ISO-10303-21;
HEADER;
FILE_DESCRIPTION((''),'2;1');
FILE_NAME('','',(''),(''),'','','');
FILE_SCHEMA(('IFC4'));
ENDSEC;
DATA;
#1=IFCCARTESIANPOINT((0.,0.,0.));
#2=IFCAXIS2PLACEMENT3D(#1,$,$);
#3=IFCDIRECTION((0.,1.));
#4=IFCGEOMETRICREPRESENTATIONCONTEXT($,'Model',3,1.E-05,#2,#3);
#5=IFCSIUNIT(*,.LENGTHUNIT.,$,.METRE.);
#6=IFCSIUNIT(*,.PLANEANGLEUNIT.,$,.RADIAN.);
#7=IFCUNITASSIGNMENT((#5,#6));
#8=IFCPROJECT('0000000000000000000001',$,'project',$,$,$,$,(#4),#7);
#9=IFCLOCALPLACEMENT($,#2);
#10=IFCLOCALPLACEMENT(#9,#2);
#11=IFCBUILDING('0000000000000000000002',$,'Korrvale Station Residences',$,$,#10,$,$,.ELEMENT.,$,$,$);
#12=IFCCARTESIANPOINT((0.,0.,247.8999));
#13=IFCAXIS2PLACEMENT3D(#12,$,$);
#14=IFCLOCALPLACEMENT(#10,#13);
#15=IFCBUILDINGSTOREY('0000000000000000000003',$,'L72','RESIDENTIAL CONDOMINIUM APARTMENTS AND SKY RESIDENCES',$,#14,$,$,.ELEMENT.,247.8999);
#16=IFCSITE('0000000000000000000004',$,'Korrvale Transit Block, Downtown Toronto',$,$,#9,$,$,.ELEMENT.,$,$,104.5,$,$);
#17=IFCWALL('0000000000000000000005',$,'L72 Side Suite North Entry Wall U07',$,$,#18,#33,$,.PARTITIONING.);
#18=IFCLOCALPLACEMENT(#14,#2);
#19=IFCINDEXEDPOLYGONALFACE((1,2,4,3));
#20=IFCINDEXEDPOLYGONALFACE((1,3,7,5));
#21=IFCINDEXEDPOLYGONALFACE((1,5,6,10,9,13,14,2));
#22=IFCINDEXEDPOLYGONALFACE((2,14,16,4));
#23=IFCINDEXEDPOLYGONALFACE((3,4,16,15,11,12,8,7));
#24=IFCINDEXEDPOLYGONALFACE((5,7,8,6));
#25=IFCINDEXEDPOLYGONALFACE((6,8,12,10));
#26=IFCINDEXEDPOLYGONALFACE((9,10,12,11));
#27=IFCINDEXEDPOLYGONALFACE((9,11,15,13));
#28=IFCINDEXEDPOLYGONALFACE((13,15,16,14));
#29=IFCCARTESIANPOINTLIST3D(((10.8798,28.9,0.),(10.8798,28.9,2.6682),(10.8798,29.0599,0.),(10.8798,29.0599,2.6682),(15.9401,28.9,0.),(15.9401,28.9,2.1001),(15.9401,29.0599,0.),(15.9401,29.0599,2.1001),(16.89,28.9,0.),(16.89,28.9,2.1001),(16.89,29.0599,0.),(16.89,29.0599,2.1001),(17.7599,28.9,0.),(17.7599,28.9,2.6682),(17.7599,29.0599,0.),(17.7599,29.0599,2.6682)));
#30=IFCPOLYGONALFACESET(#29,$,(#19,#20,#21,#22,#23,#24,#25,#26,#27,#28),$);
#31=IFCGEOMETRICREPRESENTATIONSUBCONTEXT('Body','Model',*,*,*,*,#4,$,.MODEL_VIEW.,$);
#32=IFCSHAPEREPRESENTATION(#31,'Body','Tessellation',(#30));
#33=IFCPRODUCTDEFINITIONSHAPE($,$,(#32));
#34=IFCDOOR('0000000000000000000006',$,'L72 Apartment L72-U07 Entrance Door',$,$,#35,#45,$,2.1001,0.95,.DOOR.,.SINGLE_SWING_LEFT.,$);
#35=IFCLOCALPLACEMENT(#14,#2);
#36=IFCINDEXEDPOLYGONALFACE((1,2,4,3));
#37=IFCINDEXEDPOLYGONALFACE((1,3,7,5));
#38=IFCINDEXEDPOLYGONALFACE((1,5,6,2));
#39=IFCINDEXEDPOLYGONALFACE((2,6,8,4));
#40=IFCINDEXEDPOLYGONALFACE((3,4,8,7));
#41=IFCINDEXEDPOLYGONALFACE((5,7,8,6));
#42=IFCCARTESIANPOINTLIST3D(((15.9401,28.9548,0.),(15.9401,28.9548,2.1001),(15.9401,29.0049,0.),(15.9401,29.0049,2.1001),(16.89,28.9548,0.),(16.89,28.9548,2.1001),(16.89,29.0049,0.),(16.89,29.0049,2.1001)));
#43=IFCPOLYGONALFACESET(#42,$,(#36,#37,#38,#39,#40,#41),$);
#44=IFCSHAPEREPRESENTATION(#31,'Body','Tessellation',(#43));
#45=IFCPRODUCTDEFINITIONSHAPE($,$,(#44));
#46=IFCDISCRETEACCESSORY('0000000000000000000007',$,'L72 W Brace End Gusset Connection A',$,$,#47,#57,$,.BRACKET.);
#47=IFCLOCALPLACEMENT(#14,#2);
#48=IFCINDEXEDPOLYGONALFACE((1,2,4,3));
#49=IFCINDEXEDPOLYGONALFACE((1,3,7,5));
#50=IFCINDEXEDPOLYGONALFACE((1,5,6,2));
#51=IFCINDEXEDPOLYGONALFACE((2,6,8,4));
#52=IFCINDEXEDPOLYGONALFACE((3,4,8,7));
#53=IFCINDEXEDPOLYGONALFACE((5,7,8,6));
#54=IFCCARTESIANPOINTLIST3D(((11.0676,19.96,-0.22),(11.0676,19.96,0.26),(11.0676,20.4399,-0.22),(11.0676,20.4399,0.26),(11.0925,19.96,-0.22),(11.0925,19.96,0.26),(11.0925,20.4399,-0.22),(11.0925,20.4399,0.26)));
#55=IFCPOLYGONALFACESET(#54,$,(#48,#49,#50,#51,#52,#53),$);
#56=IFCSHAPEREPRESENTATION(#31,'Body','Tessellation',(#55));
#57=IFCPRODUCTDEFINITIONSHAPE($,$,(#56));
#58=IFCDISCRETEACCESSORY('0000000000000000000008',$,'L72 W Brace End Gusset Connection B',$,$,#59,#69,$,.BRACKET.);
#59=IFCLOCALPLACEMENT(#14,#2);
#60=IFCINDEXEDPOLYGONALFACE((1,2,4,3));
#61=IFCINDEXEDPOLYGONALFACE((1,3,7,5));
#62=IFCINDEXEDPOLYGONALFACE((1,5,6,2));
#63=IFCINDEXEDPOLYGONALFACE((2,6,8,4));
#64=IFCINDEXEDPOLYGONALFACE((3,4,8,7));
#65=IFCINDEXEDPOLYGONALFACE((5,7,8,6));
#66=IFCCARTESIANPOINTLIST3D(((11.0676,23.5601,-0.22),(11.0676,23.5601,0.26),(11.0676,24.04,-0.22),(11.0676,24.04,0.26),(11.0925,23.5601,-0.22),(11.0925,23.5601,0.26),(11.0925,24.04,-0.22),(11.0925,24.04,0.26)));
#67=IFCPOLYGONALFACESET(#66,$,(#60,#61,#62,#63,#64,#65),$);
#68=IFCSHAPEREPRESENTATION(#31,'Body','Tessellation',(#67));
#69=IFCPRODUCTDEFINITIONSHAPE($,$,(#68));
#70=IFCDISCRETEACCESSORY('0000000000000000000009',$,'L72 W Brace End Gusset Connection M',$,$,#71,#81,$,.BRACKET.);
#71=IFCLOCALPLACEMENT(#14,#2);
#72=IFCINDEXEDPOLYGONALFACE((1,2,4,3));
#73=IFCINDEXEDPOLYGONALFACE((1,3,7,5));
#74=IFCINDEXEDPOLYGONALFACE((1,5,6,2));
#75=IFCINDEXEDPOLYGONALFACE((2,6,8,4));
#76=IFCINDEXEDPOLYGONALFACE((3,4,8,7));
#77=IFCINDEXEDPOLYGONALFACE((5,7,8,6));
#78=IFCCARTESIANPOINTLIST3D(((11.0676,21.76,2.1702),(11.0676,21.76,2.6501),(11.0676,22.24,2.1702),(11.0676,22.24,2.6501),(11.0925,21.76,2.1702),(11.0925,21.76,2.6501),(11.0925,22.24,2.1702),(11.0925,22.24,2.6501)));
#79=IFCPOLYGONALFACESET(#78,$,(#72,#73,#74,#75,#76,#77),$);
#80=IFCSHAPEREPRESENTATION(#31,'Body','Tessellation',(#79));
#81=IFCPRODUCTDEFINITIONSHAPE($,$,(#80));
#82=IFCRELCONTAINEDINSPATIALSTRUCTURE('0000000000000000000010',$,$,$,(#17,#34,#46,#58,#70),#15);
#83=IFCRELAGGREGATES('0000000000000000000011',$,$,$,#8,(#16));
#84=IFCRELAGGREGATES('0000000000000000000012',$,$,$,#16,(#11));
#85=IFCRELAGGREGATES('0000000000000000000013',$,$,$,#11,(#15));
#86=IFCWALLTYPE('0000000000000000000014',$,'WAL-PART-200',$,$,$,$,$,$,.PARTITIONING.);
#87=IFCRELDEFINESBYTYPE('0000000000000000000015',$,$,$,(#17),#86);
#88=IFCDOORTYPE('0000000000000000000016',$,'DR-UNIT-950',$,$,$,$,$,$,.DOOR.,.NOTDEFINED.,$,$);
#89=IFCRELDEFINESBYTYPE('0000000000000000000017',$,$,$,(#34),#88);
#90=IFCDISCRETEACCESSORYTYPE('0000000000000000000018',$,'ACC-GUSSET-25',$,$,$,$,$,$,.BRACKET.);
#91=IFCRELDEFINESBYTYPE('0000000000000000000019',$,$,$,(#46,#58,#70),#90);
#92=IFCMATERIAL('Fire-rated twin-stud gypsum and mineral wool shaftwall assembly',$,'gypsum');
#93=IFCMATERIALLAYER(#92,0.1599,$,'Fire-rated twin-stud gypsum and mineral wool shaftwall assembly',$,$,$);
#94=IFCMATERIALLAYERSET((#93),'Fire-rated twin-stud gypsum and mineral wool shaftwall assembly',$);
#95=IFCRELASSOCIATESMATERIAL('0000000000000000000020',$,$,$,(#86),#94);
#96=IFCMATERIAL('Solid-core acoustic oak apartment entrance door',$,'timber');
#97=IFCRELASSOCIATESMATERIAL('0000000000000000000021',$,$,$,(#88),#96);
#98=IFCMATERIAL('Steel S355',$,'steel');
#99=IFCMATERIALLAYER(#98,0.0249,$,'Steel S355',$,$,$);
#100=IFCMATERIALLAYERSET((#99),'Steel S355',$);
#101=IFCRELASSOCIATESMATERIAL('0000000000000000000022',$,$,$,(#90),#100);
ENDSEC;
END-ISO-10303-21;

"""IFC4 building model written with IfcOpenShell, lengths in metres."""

from ifc_helpers import new_model, si_unit, direction, frame, frame_2d, origin, origin_2d, place, context, subcontext, project, spatial, rectangle, extrude, material, layer, layer_set, type_object, element, fill, save


model = new_model("IFC4")

# Units and contexts
model_context = context("Model", 3, precision=1e-05, world=origin(), true_north=direction((0.0, 1.0)))
body_context = subcontext(model_context, "Body", "Model", "MODEL_VIEW")
ifc_project = project(units=[si_unit("LENGTHUNIT", "METRE"), si_unit("PLANEANGLEUNIT", "RADIAN")], contexts=[model_context])

# Site, building, storey
site_placement = place(None, origin())
site = spatial("IfcSite", under=ifc_project, at=site_placement, Name="Korrvale Transit Block, Downtown Toronto", CompositionType="ELEMENT", RefElevation=104.5)
building_placement = place(site_placement, origin())
building = spatial("IfcBuilding", under=site, at=building_placement, Name="Korrvale Station Residences", CompositionType="ELEMENT")
storey_placement = place(building_placement, frame((0.0, 0.0, 247.8999)))
storey = spatial("IfcBuildingStorey", under=building, at=storey_placement, Name="L72", Description="RESIDENTIAL CONDOMINIUM APARTMENTS AND SKY RESIDENCES", CompositionType="ELEMENT", Elevation=247.8999)

# Shared definitions
ifc_material_1 = material(Name="Steel S355", Category="steel")

# Shared definitions
ifc_material_2 = material(Name="Fire-rated twin-stud gypsum and mineral wool shaftwall assembly", Category="gypsum")
ifc_layer_1 = layer(ifc_material_2, 0.1599, Name="Fire-rated twin-stud gypsum and mineral wool shaftwall assembly")
ifc_layer_set_1 = layer_set([ifc_layer_1], Name="Fire-rated twin-stud gypsum and mineral wool shaftwall assembly")
wall_type_1 = type_object("IfcWallType", Name="WAL-PART-200", PredefinedType="PARTITIONING", material=ifc_layer_set_1)

# Wall, opening, door
wall_1_placement = place(storey_placement, frame((10.8799, 28.98, 0.0), z_axis=(0.0, 0.0, 1.0), x_axis=(1.0, 0.0, 0.0)))
wall_1 = element("IfcWall", 1, at=wall_1_placement, inside=storey, type_object=wall_type_1, Name="L72 Side Suite North Entry Wall U07", PredefinedType="PARTITIONING", context=body_context, shape_type="SweptSolid", body=[
    extrude(rectangle(XDim=6.8801, YDim=0.1599, at=frame_2d((3.4399, 0.0))), origin(), (0.0, 0.0, 1.0), 2.6682),
])
opening_1_placement = place(wall_1_placement, frame((5.0601, 0.0, 0.0)))
opening_1 = element("IfcOpeningElement", 2, at=opening_1_placement, cuts=wall_1, PredefinedType="OPENING", context=body_context, shape_type="SweptSolid", body=[
    extrude(rectangle(XDim=0.95, YDim=2.1001, at=frame_2d((0.4751, 1.05))), frame((0.0, 0.0898, 0.0), z_axis=(0.0, -1.0, 0.0), x_axis=(1.0, 0.0, 0.0)), (0.0, 0.0, 1.0), 0.1799),
])
ifc_material_3 = material(Name="Solid-core acoustic oak apartment entrance door", Category="timber")
door_type_1 = type_object("IfcDoorType", Name="DR-UNIT-950", OperationType="NOTDEFINED", PredefinedType="DOOR", material=ifc_material_3)
door_1_placement = place(opening_1_placement, origin())
door_1 = element("IfcDoor", 3, at=door_1_placement, inside=storey, type_object=door_type_1, Name="L72 Apartment L72-U07 Entrance Door", OperationType="SINGLE_SWING_LEFT", OverallHeight=2.1001, OverallWidth=0.95, PredefinedType="DOOR", context=body_context, shape_type="SweptSolid", body=[
    extrude(rectangle(XDim=0.95, YDim=2.1001, at=frame_2d((0.4751, 1.05))), frame((0.0, 0.0249, 0.0), z_axis=(0.0, -1.0, 0.0), x_axis=(1.0, 0.0, 0.0)), (0.0, 0.0, 1.0), 0.05),
])
fill(opening_1, door_1)

# Discrete accessories
ifc_layer_2 = layer(ifc_material_1, 0.0249, Name="Steel S355")
ifc_layer_set_2 = layer_set([ifc_layer_2], Name="Steel S355")
discrete_accessory_type = type_object("IfcDiscreteAccessoryType", Name="ACC-GUSSET-25", PredefinedType="BRACKET", material=ifc_layer_set_2)
for number, where, z_axis, x_axis, name in (
    (4, (11.0801, 20.2, -0.22), (0.0, 0.0, 1.0), (0.0, 1.0, 0.0), "L72 W Brace End Gusset Connection A"),
    (5, (11.0801, 23.8, -0.22), (0.0, 0.0, 1.0), (0.0, 1.0, 0.0), "L72 W Brace End Gusset Connection B"),
    (6, (11.0801, 22.0, 2.1702), (0.0, 0.0, 1.0), (0.0, 1.0, 0.0), "L72 W Brace End Gusset Connection M"),
):
    element("IfcDiscreteAccessory", number, at=place(storey_placement, frame(where, z_axis=z_axis, x_axis=x_axis)), inside=storey, type_object=discrete_accessory_type, Name=name, PredefinedType="BRACKET", context=body_context, shape_type="SweptSolid", body=[
        extrude(rectangle(XDim=0.48, YDim=0.0249, at=origin_2d()), origin(), (0.0, 0.0, 1.0), 0.48),
    ])

save(model, "model.ifc")
